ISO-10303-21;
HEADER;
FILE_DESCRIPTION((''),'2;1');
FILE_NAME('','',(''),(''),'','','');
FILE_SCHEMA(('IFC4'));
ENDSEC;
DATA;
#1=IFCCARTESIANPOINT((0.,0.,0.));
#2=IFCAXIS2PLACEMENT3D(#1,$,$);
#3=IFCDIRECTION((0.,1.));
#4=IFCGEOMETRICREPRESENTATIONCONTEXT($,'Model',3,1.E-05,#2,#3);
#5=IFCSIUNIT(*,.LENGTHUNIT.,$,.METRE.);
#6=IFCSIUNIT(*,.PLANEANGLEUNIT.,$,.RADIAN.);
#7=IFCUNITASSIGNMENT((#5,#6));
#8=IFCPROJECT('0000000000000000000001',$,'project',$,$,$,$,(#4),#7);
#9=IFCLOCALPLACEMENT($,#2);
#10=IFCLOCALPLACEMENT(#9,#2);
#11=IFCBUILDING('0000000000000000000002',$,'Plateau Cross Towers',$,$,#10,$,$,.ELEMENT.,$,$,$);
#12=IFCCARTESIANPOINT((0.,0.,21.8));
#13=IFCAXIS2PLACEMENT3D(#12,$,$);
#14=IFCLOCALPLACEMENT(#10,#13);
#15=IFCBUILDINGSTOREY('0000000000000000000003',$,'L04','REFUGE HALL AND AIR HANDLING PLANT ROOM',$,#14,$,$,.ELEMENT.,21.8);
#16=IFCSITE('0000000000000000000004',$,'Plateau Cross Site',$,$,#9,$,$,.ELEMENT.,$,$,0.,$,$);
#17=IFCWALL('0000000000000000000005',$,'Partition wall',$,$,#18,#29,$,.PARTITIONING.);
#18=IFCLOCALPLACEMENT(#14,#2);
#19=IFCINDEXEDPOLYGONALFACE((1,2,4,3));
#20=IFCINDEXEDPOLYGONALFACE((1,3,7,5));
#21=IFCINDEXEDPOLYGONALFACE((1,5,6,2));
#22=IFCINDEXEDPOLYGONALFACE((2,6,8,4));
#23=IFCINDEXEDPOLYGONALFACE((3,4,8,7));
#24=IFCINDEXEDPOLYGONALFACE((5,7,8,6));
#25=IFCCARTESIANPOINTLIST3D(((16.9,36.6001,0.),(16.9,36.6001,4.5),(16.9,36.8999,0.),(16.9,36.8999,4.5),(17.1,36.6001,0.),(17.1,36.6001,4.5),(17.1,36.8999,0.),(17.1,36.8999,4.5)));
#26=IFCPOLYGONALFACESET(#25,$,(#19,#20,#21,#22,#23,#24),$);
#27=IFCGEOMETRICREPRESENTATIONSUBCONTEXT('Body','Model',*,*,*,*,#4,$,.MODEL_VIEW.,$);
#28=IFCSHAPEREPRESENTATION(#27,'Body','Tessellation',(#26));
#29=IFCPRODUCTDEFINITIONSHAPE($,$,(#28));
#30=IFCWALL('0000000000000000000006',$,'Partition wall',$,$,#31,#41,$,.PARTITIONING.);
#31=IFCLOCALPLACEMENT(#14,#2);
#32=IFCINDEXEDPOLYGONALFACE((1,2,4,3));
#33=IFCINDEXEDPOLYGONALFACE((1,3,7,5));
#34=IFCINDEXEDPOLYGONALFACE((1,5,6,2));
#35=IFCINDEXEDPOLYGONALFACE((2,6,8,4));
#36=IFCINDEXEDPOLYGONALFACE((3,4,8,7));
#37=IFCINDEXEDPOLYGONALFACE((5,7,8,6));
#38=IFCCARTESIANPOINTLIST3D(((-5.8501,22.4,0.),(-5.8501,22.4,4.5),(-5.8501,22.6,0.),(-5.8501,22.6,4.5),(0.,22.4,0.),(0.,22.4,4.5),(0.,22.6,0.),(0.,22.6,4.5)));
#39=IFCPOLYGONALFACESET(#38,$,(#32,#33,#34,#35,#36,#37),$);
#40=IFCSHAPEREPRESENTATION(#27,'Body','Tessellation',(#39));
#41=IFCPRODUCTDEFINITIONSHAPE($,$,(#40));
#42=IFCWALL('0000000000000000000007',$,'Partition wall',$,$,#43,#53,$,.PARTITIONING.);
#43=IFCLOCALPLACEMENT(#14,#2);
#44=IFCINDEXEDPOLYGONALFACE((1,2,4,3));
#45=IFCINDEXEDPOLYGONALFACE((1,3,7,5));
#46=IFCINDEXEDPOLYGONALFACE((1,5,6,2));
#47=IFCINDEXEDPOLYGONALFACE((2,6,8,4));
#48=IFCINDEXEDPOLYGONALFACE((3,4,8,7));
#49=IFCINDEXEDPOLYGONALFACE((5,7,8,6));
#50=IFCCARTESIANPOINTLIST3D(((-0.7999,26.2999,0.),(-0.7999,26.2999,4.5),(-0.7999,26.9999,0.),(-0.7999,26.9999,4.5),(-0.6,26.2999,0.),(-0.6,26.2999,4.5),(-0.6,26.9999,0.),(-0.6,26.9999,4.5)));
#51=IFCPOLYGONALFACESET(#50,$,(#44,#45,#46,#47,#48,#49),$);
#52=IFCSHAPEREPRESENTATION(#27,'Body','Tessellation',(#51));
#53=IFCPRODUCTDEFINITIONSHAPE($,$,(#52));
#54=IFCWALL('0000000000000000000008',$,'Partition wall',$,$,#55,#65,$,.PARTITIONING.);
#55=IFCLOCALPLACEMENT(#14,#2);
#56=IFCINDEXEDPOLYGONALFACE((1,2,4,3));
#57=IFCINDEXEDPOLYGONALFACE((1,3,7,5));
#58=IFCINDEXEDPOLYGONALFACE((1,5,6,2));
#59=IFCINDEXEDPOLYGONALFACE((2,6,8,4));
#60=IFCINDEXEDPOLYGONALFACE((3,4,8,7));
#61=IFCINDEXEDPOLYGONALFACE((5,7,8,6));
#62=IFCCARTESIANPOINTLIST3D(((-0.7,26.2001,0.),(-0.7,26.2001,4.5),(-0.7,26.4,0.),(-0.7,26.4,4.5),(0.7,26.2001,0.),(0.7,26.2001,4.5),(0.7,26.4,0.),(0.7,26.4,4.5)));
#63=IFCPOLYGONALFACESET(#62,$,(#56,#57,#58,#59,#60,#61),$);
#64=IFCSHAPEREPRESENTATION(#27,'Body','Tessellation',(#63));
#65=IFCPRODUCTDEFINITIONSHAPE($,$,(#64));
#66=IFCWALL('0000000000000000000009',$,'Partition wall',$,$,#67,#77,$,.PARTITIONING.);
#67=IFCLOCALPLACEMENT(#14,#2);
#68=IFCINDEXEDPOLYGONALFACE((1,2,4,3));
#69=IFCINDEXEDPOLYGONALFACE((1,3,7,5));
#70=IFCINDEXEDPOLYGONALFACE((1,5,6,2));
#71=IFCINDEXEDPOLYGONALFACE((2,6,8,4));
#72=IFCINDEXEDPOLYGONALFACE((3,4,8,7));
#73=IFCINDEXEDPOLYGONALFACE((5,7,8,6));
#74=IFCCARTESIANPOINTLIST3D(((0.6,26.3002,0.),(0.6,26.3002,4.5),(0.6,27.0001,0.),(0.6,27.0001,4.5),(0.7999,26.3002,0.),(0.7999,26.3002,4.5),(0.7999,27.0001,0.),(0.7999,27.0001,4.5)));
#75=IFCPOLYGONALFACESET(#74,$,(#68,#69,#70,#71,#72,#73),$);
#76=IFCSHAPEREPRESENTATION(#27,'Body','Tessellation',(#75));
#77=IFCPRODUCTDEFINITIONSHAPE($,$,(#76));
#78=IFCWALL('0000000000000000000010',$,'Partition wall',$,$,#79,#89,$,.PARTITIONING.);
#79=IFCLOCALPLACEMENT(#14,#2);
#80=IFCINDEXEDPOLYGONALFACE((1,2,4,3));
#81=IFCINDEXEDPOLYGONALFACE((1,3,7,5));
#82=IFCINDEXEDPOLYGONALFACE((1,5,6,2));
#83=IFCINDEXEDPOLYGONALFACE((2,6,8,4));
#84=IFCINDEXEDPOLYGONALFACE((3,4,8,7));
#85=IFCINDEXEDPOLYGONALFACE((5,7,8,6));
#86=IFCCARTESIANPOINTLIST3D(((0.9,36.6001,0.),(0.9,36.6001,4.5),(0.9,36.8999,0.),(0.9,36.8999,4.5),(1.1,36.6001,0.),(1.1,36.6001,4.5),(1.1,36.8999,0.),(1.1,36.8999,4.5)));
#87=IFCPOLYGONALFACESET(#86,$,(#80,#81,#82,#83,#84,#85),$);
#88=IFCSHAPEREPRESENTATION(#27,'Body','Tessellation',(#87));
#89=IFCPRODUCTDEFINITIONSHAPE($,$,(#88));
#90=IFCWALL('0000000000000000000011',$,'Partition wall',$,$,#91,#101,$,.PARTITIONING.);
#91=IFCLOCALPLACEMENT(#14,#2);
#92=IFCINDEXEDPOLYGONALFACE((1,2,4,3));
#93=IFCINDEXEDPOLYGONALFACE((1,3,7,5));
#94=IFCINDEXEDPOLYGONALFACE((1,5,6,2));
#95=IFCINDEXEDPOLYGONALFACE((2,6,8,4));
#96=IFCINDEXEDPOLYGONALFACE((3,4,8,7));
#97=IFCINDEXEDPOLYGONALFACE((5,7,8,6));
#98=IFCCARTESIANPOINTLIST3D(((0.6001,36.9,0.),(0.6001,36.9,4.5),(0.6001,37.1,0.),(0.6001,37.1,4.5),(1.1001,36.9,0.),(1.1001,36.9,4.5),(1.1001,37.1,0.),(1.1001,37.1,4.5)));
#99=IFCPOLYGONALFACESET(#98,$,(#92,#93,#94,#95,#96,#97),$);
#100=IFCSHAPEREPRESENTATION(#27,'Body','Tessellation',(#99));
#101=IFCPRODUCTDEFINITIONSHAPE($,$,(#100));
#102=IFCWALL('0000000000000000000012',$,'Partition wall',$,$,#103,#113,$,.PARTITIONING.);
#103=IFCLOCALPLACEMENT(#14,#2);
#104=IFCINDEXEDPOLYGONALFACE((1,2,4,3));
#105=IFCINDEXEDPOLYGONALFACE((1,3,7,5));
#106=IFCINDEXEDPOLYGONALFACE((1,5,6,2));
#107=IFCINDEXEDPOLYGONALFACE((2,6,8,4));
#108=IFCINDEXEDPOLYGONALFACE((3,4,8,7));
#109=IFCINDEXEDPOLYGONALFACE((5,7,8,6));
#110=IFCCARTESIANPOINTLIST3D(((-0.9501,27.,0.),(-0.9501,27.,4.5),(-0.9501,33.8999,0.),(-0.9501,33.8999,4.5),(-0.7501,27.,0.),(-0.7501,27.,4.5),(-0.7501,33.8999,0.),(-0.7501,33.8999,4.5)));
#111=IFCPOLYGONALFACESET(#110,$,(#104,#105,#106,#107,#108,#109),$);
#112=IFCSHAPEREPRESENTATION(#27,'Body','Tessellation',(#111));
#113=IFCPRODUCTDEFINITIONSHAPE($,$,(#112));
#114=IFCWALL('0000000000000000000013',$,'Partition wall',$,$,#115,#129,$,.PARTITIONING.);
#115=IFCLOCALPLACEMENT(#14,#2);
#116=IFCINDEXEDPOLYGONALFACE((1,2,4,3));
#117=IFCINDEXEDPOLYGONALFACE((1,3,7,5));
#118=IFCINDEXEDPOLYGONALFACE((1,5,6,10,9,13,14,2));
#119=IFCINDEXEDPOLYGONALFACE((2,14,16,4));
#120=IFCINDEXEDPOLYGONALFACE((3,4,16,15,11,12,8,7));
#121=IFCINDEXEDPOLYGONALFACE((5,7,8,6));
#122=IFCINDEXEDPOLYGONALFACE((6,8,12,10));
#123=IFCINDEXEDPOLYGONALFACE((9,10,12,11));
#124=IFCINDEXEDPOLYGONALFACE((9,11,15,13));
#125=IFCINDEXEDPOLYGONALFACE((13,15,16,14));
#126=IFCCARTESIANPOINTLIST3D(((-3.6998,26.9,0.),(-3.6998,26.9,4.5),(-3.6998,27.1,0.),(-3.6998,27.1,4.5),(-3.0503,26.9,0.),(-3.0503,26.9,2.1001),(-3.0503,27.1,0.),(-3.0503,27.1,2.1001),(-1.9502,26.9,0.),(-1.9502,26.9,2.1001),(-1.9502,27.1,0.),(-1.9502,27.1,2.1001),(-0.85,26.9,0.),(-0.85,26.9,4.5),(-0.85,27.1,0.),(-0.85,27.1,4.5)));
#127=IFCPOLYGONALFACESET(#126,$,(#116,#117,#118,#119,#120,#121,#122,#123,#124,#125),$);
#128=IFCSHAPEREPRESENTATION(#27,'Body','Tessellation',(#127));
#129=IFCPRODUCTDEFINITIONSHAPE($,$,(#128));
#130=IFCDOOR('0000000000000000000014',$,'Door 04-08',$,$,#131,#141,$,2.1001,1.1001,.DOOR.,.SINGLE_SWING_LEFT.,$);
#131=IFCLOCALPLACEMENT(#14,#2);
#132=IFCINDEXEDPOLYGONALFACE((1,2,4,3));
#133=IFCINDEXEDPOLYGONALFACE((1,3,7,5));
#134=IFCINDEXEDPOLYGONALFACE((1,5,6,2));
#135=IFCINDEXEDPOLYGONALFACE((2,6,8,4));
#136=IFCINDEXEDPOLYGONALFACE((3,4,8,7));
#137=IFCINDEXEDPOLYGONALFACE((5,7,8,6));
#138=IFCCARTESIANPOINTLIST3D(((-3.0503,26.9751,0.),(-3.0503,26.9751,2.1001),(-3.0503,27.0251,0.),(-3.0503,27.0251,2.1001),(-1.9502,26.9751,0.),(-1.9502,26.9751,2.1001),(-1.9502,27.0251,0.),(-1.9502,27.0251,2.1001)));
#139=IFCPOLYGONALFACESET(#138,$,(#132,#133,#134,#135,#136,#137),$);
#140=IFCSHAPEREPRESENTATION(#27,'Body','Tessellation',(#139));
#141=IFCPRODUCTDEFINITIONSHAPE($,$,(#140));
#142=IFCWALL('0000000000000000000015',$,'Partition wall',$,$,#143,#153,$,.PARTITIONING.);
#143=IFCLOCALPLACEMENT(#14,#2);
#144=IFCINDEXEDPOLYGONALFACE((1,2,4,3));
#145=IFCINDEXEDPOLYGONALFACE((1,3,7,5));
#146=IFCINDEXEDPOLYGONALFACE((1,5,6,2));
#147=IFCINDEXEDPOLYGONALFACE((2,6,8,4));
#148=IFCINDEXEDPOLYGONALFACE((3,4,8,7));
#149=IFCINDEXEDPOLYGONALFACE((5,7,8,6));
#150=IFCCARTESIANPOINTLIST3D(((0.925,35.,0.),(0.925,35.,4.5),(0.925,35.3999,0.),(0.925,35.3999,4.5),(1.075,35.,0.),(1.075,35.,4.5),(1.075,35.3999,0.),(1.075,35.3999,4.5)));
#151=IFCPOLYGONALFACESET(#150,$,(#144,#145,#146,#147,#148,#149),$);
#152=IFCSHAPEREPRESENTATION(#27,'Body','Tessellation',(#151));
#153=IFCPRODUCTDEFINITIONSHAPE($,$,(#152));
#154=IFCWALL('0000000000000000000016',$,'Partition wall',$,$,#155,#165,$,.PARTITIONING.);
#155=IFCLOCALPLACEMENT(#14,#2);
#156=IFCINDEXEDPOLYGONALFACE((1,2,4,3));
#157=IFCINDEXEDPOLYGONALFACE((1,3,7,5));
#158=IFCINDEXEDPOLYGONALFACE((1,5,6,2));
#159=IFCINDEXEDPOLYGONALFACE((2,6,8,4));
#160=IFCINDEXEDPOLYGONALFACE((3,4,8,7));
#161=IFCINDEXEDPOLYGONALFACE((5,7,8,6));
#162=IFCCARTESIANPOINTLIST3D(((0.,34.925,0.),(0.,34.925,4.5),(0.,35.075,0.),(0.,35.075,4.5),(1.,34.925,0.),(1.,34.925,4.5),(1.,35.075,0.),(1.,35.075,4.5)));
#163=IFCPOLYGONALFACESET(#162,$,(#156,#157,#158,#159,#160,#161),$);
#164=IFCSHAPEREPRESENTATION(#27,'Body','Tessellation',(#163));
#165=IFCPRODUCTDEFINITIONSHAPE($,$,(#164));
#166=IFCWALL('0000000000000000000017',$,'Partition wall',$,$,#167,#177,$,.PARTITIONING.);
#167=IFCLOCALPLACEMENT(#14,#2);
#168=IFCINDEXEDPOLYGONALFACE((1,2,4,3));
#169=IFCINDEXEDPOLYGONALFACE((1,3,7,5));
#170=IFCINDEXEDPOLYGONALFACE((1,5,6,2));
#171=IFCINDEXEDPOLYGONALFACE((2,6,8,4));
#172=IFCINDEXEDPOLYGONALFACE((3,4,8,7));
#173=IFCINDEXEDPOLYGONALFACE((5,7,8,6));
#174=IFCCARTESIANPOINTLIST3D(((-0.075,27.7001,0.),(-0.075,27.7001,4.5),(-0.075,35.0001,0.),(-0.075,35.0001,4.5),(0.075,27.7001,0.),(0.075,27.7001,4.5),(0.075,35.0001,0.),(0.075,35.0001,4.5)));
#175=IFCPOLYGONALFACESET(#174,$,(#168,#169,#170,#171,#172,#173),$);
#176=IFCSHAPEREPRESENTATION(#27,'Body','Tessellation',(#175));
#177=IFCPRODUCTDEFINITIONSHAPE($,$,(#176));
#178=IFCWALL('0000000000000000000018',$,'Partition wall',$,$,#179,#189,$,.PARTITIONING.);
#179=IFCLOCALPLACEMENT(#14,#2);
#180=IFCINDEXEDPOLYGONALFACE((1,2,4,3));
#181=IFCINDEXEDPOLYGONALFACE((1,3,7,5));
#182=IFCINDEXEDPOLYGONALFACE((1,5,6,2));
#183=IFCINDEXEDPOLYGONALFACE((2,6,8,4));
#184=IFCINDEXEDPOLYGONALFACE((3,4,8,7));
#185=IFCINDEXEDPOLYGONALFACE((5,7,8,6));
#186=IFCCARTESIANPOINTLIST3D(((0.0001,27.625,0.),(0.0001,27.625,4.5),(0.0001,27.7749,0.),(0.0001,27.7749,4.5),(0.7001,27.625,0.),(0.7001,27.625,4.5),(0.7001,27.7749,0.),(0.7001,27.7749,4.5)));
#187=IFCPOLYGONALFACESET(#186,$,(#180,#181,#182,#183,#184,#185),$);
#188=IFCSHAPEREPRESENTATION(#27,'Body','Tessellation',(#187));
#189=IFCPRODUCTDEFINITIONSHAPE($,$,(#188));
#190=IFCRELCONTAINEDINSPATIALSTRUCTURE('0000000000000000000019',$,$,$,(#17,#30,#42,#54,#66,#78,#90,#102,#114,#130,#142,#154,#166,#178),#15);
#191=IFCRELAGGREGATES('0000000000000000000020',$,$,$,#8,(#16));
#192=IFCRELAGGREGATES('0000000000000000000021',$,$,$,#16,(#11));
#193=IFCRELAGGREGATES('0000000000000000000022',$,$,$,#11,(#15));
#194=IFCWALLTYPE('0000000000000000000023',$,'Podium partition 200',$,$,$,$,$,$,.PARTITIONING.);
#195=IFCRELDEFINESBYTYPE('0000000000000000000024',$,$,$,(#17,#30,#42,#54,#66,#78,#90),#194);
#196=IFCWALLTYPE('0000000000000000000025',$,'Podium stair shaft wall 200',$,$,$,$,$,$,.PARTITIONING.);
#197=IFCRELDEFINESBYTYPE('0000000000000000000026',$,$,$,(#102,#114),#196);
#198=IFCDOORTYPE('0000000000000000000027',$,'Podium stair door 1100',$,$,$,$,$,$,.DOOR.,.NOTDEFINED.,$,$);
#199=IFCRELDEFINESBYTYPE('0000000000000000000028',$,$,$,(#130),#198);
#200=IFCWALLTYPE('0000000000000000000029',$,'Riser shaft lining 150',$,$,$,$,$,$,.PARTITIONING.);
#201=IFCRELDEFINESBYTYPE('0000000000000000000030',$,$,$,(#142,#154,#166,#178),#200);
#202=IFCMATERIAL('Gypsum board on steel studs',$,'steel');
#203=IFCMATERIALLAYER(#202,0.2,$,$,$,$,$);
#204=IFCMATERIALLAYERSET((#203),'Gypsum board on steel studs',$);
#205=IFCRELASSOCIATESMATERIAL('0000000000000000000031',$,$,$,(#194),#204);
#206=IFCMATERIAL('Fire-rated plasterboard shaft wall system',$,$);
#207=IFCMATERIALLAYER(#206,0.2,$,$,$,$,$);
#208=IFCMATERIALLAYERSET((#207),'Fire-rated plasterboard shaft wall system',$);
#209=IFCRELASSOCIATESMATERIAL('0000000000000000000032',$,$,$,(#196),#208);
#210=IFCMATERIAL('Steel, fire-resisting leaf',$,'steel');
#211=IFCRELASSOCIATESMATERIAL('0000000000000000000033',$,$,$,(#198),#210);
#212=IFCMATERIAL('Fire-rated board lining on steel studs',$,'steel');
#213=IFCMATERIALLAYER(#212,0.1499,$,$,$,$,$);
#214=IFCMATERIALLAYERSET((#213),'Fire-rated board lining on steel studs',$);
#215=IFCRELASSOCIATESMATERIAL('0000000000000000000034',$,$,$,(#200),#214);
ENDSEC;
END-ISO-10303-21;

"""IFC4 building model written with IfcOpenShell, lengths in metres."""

from ifc_helpers import new_model, si_unit, direction, frame, frame_2d, origin, place, context, subcontext, project, spatial, rectangle, extrude, material, layer, layer_set, type_object, element, fill, save


model = new_model("IFC4")

# Units and contexts
model_context = context("Model", 3, precision=1e-05, world=origin(), true_north=direction((0.0, 1.0)))
body_context = subcontext(model_context, "Body", "Model", "MODEL_VIEW")
ifc_project = project(units=[si_unit("LENGTHUNIT", "METRE"), si_unit("PLANEANGLEUNIT", "RADIAN")], contexts=[model_context])

# Site, building, storey
site_placement = place(None, origin())
site = spatial("IfcSite", under=ifc_project, at=site_placement, Name="Plateau Cross Site", CompositionType="ELEMENT", RefElevation=0.0)
building_placement = place(site_placement, origin())
building = spatial("IfcBuilding", under=site, at=building_placement, Name="Plateau Cross Towers", CompositionType="ELEMENT")
storey_placement = place(building_placement, frame((0.0, 0.0, 21.8)))
storey = spatial("IfcBuildingStorey", under=building, at=storey_placement, Name="L04", Description="REFUGE HALL AND AIR HANDLING PLANT ROOM", CompositionType="ELEMENT", Elevation=21.8)

# Shared definitions
ifc_material_1 = material(Name="Gypsum board on steel studs", Category="steel")
ifc_layer_1 = layer(ifc_material_1, 0.2)
ifc_layer_set_1 = layer_set([ifc_layer_1], Name="Gypsum board on steel studs")
wall_type_1 = type_object("IfcWallType", Name="Podium partition 200", PredefinedType="PARTITIONING", material=ifc_layer_set_1)

# Walls
wall_1_placement = place(storey_placement, frame((17.0, 36.8999, 0.0), z_axis=(0.0, 0.0, 1.0), x_axis=(0.0, -1.0, 0.0)))
element("IfcWall", 1, at=wall_1_placement, inside=storey, type_object=wall_type_1, Name="Partition wall", PredefinedType="PARTITIONING", context=body_context, shape_type="SweptSolid", body=[
    extrude(rectangle(XDim=0.2998, YDim=0.2, at=frame_2d((0.1499, 0.0))), origin(), (0.0, 0.0, 1.0), 4.5),
])
wall_2_placement = place(storey_placement, frame((0.0, 22.5, 0.0), z_axis=(0.0, 0.0, 1.0), x_axis=(-1.0, 0.0, 0.0)))
element("IfcWall", 2, at=wall_2_placement, inside=storey, type_object=wall_type_1, Name="Partition wall", PredefinedType="PARTITIONING", context=body_context, shape_type="SweptSolid", body=[
    extrude(rectangle(XDim=5.8501, YDim=0.2, at=frame_2d((2.925, 0.0))), origin(), (0.0, 0.0, 1.0), 4.5),
])
wall_3_placement = place(storey_placement, frame((-0.7, 27.0, 0.0), z_axis=(0.0, 0.0, 1.0), x_axis=(0.0, -1.0, 0.0)))
element("IfcWall", 3, at=wall_3_placement, inside=storey, type_object=wall_type_1, Name="Partition wall", PredefinedType="PARTITIONING", context=body_context, shape_type="SweptSolid", body=[
    extrude(rectangle(XDim=0.7, YDim=0.2, at=frame_2d((0.3501, 0.0))), origin(), (0.0, 0.0, 1.0), 4.5),
])
wall_4_placement = place(storey_placement, frame((-0.7, 26.3, 0.0), z_axis=(0.0, 0.0, 1.0), x_axis=(1.0, 0.0, 0.0)))
element("IfcWall", 4, at=wall_4_placement, inside=storey, type_object=wall_type_1, Name="Partition wall", PredefinedType="PARTITIONING", context=body_context, shape_type="SweptSolid", body=[
    extrude(rectangle(XDim=1.3999, YDim=0.2, at=frame_2d((0.7, 0.0))), origin(), (0.0, 0.0, 1.0), 4.5),
])
wall_5_placement = place(storey_placement, frame((0.7, 26.3, 0.0), z_axis=(0.0, 0.0, 1.0), x_axis=(0.0, 1.0, 0.0)))
element("IfcWall", 5, at=wall_5_placement, inside=storey, type_object=wall_type_1, Name="Partition wall", PredefinedType="PARTITIONING", context=body_context, shape_type="SweptSolid", body=[
    extrude(rectangle(XDim=0.7, YDim=0.2, at=frame_2d((0.3501, 0.0))), origin(), (0.0, 0.0, 1.0), 4.5),
])
wall_6_placement = place(storey_placement, frame((1.0, 36.6001, 0.0), z_axis=(0.0, 0.0, 1.0), x_axis=(0.0, 1.0, 0.0)))
element("IfcWall", 6, at=wall_6_placement, inside=storey, type_object=wall_type_1, Name="Partition wall", PredefinedType="PARTITIONING", context=body_context, shape_type="SweptSolid", body=[
    extrude(rectangle(XDim=0.2998, YDim=0.2, at=frame_2d((0.1499, 0.0))), origin(), (0.0, 0.0, 1.0), 4.5),
])
wall_7_placement = place(storey_placement, frame((1.1001, 37.0, 0.0), z_axis=(0.0, 0.0, 1.0), x_axis=(-1.0, 0.0, 0.0)))
element("IfcWall", 7, at=wall_7_placement, inside=storey, type_object=wall_type_1, Name="Partition wall", PredefinedType="PARTITIONING", context=body_context, shape_type="SweptSolid", body=[
    extrude(rectangle(XDim=0.5, YDim=0.2, at=frame_2d((0.25, 0.0))), origin(), (0.0, 0.0, 1.0), 4.5),
])
ifc_material_2 = material(Name="Fire-rated plasterboard shaft wall system")
ifc_layer_2 = layer(ifc_material_2, 0.2)
ifc_layer_set_2 = layer_set([ifc_layer_2], Name="Fire-rated plasterboard shaft wall system")
wall_type_2 = type_object("IfcWallType", Name="Podium stair shaft wall 200", PredefinedType="PARTITIONING", material=ifc_layer_set_2)
wall_8_placement = place(storey_placement, frame((-0.8501, 33.8999, 0.0), z_axis=(0.0, 0.0, 1.0), x_axis=(0.0, -1.0, 0.0)))
element("IfcWall", 8, at=wall_8_placement, inside=storey, type_object=wall_type_2, Name="Partition wall", PredefinedType="PARTITIONING", context=body_context, shape_type="SweptSolid", body=[
    extrude(rectangle(XDim=6.8999, YDim=0.2, at=frame_2d((3.45, 0.0))), origin(), (0.0, 0.0, 1.0), 4.5),
])

# Wall, opening, door
wall_9_placement = place(storey_placement, frame((-0.8501, 27.0, 0.0), z_axis=(0.0, 0.0, 1.0), x_axis=(-1.0, 0.0, 0.0)))
wall_9 = element("IfcWall", 9, at=wall_9_placement, inside=storey, type_object=wall_type_2, Name="Partition wall", PredefinedType="PARTITIONING", context=body_context, shape_type="SweptSolid", body=[
    extrude(rectangle(XDim=2.8499, YDim=0.2, at=frame_2d((1.4248, 0.0))), origin(), (0.0, 0.0, 1.0), 4.5),
])
opening_1_placement = place(wall_9_placement, frame((1.1001, 0.0, 0.0)))
opening_1 = element("IfcOpeningElement", 10, at=opening_1_placement, cuts=wall_9, PredefinedType="OPENING", context=body_context, shape_type="SweptSolid", body=[
    extrude(rectangle(XDim=1.1001, YDim=2.1001, at=frame_2d((0.55, 1.05))), frame((0.0, 0.1099, 0.0), z_axis=(0.0, -1.0, 0.0), x_axis=(1.0, 0.0, 0.0)), (0.0, 0.0, 1.0), 0.22),
])
ifc_material_3 = material(Name="Steel, fire-resisting leaf", Category="steel")
door_type_1 = type_object("IfcDoorType", Name="Podium stair door 1100", OperationType="NOTDEFINED", PredefinedType="DOOR", material=ifc_material_3)
door_1_placement = place(opening_1_placement, origin())
door_1 = element("IfcDoor", 11, at=door_1_placement, inside=storey, type_object=door_type_1, Name="Door 04-08", OperationType="SINGLE_SWING_LEFT", OverallHeight=2.1001, OverallWidth=1.1001, PredefinedType="DOOR", context=body_context, shape_type="SweptSolid", body=[
    extrude(rectangle(XDim=1.1001, YDim=2.1001, at=frame_2d((0.55, 1.05))), frame((0.0, 0.0249, 0.0), z_axis=(0.0, -1.0, 0.0), x_axis=(1.0, 0.0, 0.0)), (0.0, 0.0, 1.0), 0.05),
])
fill(opening_1, door_1)

# Walls
ifc_material_4 = material(Name="Fire-rated board lining on steel studs", Category="steel")
ifc_layer_3 = layer(ifc_material_4, 0.1499)
ifc_layer_set_3 = layer_set([ifc_layer_3], Name="Fire-rated board lining on steel studs")
wall_type_3 = type_object("IfcWallType", Name="Riser shaft lining 150", PredefinedType="PARTITIONING", material=ifc_layer_set_3)
wall_10_placement = place(storey_placement, frame((1.0, 35.3999, 0.0), z_axis=(0.0, 0.0, 1.0), x_axis=(0.0, -1.0, 0.0)))
element("IfcWall", 12, at=wall_10_placement, inside=storey, type_object=wall_type_3, Name="Partition wall", PredefinedType="PARTITIONING", context=body_context, shape_type="SweptSolid", body=[
    extrude(rectangle(XDim=0.3999, YDim=0.1499, at=frame_2d((0.2, 0.0))), origin(), (0.0, 0.0, 1.0), 4.5),
])
wall_11_placement = place(storey_placement, frame((1.0, 35.0, 0.0), z_axis=(0.0, 0.0, 1.0), x_axis=(-1.0, 0.0, 0.0)))
element("IfcWall", 13, at=wall_11_placement, inside=storey, type_object=wall_type_3, Name="Partition wall", PredefinedType="PARTITIONING", context=body_context, shape_type="SweptSolid", body=[
    extrude(rectangle(XDim=1.0, YDim=0.1499, at=frame_2d((0.5, 0.0))), origin(), (0.0, 0.0, 1.0), 4.5),
])
wall_12_placement = place(storey_placement, frame((0.0, 35.0, 0.0), z_axis=(0.0, 0.0, 1.0), x_axis=(0.0, -1.0, 0.0)))
element("IfcWall", 14, at=wall_12_placement, inside=storey, type_object=wall_type_3, Name="Partition wall", PredefinedType="PARTITIONING", context=body_context, shape_type="SweptSolid", body=[
    extrude(rectangle(XDim=7.3, YDim=0.1499, at=frame_2d((3.6499, 0.0))), origin(), (0.0, 0.0, 1.0), 4.5),
])
for number, where, z_axis, x_axis, name in (
    (15, (0.0, 27.7, 0.0), (0.0, 0.0, 1.0), (1.0, 0.0, 0.0), "Partition wall"),
):
    element("IfcWall", number, at=place(storey_placement, frame(where, z_axis=z_axis, x_axis=x_axis)), inside=storey, type_object=wall_type_3, Name=name, PredefinedType="PARTITIONING", context=body_context, shape_type="SweptSolid", body=[
        extrude(rectangle(XDim=0.7, YDim=0.1499, at=frame_2d((0.3501, 0.0))), origin(), (0.0, 0.0, 1.0), 4.5),
    ])

save(model, "model.ifc")
